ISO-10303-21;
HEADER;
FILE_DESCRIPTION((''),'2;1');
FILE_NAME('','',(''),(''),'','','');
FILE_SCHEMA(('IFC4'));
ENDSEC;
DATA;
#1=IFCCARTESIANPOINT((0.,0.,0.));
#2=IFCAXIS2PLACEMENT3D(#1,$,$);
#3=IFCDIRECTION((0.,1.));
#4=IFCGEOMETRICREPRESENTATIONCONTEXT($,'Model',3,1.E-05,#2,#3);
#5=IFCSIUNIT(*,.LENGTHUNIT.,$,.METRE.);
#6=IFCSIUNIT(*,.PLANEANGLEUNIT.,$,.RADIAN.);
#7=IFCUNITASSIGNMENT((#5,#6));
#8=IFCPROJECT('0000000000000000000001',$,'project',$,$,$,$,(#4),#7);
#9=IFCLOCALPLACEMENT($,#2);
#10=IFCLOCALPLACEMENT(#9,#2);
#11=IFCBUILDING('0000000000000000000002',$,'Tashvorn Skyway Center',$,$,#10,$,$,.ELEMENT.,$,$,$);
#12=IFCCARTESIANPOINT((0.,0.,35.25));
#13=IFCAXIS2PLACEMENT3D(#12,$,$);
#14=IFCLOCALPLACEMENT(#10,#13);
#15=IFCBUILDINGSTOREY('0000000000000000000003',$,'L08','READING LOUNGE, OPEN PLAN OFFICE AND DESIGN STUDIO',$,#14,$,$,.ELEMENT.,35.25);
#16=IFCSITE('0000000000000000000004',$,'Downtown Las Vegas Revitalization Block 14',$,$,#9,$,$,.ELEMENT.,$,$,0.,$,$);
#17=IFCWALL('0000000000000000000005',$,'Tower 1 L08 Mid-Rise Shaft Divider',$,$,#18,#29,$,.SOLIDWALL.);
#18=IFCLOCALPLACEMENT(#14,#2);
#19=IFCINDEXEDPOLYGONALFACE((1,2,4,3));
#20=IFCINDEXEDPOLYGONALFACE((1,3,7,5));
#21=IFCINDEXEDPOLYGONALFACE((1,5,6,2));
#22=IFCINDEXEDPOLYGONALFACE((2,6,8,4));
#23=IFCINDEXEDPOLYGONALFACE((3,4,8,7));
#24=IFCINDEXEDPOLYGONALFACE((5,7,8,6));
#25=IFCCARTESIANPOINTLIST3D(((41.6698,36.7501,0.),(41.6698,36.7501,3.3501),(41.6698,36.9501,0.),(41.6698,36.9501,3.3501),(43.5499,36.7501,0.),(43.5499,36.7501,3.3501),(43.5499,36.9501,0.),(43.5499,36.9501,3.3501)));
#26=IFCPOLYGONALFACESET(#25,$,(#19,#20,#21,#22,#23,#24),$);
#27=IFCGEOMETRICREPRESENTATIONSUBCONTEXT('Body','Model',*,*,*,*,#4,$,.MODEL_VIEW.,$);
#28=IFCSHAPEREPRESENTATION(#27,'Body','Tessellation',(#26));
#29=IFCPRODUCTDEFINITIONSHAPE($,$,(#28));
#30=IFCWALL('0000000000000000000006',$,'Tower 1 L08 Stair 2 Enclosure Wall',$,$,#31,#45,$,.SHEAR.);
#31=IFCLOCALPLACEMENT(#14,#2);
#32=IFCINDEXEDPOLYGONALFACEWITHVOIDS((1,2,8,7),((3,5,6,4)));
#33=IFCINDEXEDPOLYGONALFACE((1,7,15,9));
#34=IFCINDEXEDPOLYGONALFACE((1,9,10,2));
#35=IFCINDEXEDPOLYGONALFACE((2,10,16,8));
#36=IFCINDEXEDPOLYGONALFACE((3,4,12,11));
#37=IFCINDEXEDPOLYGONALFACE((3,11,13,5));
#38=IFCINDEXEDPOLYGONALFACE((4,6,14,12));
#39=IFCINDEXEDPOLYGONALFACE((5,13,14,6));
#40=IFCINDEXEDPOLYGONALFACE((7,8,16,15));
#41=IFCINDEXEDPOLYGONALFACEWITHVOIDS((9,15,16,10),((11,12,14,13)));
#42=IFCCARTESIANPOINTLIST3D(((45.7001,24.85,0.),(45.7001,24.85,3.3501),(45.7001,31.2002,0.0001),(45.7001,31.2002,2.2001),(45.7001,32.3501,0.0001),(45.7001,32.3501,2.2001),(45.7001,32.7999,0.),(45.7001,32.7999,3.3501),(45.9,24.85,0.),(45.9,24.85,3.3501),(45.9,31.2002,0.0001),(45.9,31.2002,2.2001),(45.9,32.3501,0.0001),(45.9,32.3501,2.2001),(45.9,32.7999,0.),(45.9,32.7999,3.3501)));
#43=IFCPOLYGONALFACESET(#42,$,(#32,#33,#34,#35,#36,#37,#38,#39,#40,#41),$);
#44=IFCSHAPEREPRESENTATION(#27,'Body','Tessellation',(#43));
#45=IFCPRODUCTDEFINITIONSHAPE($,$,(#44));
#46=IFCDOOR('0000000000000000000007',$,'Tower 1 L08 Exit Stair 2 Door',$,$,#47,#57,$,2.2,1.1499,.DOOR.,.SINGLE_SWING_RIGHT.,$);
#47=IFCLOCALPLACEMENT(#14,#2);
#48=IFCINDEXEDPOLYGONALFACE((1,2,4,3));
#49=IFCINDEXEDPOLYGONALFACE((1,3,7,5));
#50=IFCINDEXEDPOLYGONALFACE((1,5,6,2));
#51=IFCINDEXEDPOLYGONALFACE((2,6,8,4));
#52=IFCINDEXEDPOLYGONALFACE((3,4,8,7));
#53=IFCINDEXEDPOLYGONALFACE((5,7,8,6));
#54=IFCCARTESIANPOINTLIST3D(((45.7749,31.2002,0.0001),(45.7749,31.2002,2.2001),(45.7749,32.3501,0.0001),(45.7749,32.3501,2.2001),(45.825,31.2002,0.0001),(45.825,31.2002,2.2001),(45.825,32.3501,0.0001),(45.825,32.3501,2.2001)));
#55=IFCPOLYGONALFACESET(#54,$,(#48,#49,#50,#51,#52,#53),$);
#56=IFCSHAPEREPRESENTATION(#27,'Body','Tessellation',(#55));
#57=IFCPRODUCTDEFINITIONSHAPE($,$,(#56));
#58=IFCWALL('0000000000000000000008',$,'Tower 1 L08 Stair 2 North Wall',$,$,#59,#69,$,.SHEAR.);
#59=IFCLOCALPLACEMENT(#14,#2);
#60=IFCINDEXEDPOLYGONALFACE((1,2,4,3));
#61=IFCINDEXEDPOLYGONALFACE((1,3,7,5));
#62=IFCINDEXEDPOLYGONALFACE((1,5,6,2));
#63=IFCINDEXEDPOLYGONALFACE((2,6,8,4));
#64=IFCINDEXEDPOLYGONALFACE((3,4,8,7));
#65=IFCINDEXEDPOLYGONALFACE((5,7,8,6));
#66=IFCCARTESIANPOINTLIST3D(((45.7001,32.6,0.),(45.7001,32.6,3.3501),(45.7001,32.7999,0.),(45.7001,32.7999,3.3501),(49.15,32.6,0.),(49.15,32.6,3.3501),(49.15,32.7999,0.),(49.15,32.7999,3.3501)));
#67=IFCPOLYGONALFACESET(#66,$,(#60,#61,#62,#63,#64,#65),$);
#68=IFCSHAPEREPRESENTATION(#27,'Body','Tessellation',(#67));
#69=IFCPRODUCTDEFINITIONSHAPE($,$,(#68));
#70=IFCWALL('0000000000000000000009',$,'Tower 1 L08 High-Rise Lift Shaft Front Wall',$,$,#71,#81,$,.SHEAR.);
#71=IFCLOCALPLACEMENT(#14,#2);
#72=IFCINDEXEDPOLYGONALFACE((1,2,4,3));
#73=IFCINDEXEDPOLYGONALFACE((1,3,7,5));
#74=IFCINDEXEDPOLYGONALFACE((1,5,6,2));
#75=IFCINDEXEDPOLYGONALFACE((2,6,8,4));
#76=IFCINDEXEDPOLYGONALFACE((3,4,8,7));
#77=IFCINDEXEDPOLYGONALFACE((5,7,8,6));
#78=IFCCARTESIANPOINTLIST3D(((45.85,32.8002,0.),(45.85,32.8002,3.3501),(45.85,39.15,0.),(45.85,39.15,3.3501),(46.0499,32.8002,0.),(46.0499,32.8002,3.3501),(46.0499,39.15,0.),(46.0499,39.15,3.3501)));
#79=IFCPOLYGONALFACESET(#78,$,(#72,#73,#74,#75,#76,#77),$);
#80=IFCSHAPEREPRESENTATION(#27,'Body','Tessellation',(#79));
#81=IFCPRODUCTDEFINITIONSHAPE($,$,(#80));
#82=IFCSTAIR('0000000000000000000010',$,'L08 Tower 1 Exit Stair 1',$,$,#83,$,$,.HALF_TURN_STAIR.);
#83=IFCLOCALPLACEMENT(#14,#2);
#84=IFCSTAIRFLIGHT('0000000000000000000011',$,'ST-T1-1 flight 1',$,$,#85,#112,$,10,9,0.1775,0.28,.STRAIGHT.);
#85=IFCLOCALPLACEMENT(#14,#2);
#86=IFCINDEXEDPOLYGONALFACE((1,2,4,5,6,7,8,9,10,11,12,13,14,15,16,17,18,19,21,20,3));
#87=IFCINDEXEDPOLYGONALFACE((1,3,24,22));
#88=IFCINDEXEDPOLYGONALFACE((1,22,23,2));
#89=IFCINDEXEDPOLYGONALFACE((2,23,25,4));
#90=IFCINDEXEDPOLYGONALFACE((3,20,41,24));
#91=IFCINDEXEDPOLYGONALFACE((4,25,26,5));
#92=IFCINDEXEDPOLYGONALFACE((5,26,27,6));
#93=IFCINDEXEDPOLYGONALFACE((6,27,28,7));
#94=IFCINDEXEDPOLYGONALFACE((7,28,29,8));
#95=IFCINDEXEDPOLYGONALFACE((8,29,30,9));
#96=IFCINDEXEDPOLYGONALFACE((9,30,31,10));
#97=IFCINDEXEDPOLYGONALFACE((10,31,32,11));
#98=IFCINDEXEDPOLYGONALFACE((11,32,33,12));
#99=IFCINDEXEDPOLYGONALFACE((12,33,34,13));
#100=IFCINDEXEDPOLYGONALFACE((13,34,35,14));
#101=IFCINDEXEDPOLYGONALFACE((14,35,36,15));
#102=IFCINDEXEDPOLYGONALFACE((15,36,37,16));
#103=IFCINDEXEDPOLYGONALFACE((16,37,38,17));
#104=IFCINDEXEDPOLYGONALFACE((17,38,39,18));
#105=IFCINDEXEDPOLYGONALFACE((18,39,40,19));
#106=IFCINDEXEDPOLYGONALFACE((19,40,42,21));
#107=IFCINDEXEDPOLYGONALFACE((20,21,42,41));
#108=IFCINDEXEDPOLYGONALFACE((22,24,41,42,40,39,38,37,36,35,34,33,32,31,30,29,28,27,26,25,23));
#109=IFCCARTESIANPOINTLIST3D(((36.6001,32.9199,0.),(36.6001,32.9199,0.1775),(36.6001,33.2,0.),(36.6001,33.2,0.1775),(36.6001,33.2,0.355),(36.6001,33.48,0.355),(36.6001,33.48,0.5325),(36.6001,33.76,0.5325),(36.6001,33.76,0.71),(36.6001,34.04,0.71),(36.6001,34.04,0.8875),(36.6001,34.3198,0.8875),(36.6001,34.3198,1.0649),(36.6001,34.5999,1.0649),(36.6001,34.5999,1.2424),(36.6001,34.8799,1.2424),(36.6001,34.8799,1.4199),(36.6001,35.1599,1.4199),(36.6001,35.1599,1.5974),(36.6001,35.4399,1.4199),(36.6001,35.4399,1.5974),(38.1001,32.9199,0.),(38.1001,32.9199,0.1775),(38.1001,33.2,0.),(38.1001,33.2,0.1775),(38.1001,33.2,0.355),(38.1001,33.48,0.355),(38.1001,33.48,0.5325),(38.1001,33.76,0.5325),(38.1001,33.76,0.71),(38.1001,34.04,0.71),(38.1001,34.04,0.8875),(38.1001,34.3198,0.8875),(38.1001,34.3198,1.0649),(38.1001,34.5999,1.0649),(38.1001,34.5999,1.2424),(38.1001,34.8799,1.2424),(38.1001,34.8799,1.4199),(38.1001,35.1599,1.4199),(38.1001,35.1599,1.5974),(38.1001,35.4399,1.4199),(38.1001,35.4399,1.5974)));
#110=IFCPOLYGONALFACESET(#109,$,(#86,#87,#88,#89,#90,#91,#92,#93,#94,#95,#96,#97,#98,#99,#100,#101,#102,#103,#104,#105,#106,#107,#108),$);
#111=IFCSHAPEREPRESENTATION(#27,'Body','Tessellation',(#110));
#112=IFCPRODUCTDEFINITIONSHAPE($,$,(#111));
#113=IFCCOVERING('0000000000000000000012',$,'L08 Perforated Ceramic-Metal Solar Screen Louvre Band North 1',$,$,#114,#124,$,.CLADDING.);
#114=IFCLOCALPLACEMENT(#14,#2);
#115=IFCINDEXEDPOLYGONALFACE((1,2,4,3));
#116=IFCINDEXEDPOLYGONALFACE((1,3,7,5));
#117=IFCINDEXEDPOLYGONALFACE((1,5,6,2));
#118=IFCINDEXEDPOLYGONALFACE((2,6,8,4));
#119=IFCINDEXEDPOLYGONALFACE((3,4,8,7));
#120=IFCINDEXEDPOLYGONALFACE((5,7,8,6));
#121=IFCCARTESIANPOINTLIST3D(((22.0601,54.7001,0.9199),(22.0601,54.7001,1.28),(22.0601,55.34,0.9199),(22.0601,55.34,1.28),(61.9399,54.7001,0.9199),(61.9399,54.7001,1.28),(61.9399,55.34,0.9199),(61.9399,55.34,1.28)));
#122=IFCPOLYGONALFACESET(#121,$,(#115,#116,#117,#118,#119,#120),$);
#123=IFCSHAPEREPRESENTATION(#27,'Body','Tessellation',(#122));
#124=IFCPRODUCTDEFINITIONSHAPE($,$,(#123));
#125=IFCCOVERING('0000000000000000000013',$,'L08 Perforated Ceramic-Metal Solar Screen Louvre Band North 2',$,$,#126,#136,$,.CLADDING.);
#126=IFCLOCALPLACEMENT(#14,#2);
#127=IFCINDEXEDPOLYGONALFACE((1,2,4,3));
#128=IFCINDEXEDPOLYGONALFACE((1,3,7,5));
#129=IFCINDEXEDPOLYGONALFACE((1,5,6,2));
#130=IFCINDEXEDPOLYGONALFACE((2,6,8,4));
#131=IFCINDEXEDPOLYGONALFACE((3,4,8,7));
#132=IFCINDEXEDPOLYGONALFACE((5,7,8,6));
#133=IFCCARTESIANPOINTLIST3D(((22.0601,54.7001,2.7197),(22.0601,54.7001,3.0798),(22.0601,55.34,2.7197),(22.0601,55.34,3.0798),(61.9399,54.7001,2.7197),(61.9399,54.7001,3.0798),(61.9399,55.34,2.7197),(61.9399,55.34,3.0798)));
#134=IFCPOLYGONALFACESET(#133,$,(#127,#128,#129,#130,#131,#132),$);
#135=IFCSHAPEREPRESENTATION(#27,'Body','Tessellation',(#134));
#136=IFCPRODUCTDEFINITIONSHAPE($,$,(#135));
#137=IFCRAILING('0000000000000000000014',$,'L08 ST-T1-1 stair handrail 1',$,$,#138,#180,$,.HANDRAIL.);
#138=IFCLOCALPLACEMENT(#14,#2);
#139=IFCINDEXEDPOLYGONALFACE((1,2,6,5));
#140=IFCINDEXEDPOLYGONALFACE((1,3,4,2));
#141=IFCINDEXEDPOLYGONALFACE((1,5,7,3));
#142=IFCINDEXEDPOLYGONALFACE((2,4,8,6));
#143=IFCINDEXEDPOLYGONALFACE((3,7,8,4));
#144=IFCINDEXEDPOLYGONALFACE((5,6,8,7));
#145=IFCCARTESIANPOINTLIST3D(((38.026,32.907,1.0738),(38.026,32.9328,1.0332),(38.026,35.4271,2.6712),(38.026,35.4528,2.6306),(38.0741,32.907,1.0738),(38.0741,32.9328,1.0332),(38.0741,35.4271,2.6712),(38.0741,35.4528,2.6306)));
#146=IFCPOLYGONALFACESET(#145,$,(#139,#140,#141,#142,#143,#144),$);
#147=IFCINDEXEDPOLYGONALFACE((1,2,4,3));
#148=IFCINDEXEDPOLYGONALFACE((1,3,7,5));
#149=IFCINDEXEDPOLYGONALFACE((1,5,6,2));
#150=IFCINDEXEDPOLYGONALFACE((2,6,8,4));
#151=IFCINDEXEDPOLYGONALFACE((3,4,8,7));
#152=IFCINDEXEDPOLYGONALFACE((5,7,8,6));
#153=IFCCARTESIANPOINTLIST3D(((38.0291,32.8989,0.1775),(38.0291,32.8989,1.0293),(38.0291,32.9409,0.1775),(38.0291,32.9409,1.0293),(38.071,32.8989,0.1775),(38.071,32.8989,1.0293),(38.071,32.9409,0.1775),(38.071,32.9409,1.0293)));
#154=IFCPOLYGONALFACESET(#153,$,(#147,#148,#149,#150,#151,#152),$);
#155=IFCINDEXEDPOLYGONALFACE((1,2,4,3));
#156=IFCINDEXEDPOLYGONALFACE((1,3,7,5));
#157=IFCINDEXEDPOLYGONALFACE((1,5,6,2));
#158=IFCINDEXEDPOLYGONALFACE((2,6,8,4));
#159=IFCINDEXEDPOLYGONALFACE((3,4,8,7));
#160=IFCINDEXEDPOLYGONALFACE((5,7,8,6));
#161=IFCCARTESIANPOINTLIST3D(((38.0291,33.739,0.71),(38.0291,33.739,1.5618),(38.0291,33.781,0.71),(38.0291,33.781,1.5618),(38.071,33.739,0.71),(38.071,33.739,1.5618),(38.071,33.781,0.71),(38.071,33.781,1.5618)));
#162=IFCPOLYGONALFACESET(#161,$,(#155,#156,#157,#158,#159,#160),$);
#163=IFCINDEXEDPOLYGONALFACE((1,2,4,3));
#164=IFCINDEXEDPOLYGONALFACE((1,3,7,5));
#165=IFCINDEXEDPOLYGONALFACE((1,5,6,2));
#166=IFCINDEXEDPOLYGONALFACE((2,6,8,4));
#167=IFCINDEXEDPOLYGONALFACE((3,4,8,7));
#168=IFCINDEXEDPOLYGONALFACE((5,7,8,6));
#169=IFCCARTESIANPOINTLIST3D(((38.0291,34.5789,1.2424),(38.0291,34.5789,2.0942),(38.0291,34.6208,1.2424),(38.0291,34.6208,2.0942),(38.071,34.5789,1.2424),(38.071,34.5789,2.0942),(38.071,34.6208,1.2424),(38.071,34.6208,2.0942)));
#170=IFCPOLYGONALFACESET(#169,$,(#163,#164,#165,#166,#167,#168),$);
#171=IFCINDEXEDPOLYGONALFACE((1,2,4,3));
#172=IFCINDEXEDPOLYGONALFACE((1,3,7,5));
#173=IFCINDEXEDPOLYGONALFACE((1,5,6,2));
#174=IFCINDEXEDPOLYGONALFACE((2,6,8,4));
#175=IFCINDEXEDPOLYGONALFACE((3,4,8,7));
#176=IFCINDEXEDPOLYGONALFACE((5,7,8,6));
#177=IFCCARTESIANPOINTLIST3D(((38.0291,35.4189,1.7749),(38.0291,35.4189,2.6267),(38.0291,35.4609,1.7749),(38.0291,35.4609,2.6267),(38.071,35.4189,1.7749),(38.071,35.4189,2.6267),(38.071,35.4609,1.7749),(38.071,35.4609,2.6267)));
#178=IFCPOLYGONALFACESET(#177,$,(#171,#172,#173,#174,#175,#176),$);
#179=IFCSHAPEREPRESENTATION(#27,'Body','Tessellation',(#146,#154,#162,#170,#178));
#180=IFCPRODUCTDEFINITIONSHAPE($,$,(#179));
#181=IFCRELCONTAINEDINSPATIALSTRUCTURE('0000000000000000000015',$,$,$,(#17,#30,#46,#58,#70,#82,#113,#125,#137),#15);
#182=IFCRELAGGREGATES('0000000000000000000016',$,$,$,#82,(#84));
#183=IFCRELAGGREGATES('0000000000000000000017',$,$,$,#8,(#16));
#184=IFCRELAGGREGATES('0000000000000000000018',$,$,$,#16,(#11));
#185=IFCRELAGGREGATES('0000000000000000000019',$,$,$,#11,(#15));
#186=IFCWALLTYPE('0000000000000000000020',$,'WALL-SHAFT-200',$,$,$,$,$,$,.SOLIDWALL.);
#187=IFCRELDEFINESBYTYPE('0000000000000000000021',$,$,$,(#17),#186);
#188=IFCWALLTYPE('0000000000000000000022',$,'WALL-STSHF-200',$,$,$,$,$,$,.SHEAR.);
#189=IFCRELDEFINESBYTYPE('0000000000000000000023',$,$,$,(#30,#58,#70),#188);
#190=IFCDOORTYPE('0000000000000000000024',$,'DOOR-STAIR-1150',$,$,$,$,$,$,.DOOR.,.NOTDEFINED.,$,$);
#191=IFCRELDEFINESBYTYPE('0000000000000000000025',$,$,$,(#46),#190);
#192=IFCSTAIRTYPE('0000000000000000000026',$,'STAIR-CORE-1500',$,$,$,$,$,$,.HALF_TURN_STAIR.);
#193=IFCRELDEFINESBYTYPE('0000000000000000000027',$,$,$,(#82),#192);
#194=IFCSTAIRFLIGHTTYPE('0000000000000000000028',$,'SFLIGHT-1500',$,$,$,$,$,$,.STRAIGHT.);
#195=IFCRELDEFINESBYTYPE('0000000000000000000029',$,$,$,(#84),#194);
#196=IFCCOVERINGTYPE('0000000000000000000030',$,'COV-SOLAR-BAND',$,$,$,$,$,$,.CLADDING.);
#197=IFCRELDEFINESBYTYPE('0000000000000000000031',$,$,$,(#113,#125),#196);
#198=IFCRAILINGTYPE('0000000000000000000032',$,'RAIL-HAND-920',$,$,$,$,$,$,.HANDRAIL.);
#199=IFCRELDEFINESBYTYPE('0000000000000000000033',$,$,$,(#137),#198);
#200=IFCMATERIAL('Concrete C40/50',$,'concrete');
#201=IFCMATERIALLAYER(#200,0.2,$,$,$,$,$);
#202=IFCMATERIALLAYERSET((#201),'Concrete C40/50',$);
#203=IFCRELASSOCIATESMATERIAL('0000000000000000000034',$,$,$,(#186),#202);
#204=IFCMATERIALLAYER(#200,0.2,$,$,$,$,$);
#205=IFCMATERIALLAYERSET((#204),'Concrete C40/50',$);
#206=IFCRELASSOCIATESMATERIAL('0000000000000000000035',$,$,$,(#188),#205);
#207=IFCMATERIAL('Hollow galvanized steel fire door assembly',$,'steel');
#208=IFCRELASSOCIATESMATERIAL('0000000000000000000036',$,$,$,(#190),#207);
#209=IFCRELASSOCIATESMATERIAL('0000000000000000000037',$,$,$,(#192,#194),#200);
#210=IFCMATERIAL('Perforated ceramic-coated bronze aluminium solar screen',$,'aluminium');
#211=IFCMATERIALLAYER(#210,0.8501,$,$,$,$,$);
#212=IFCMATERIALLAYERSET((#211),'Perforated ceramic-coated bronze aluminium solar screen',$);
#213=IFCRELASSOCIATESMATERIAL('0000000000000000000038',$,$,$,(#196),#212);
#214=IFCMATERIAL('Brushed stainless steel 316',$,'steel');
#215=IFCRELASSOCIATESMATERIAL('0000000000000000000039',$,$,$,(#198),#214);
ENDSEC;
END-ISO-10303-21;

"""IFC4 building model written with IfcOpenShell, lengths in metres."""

from ifc_helpers import new_model, si_unit, direction, frame, frame_2d, origin, origin_2d, place, context, subcontext, project, spatial, polyline, rectangle, outline, extrude, material, layer, layer_set, type_object, element, fill, aggregate, save


model = new_model("IFC4")

# Units and contexts
model_context = context("Model", 3, precision=1e-05, world=origin(), true_north=direction((0.0, 1.0)))
body_context = subcontext(model_context, "Body", "Model", "MODEL_VIEW")
ifc_project = project(units=[si_unit("LENGTHUNIT", "METRE"), si_unit("PLANEANGLEUNIT", "RADIAN")], contexts=[model_context])

# Site, building, storey
site_placement = place(None, origin())
site = spatial("IfcSite", under=ifc_project, at=site_placement, Name="Downtown Las Vegas Revitalization Block 14", CompositionType="ELEMENT", RefElevation=0.0)
building_placement = place(site_placement, origin())
building = spatial("IfcBuilding", under=site, at=building_placement, Name="Tashvorn Skyway Center", CompositionType="ELEMENT")
storey_placement = place(building_placement, frame((0.0, 0.0, 35.25)))
storey = spatial("IfcBuildingStorey", under=building, at=storey_placement, Name="L08", Description="READING LOUNGE, OPEN PLAN OFFICE AND DESIGN STUDIO", CompositionType="ELEMENT", Elevation=35.25)

# Shared definitions
ifc_material_1 = material(Name="Concrete C40/50", Category="concrete")

# Shared definitions
ifc_material_2 = material(Name="Hollow galvanized steel fire door assembly", Category="steel")

# Wall
ifc_layer_1 = layer(ifc_material_1, 0.2)
ifc_layer_set_1 = layer_set([ifc_layer_1], Name="Concrete C40/50")
wall_type_1 = type_object("IfcWallType", Name="WALL-SHAFT-200", PredefinedType="SOLIDWALL", material=ifc_layer_set_1)
for number, where, z_axis, x_axis, name in (
    (1, (41.6699, 36.8501, 0.0), (0.0, 0.0, 1.0), (1.0, 0.0, 0.0), "Tower 1 L08 Mid-Rise Shaft Divider"),
):
    element("IfcWall", number, at=place(storey_placement, frame(where, z_axis=z_axis, x_axis=x_axis)), inside=storey, type_object=wall_type_1, Name=name, PredefinedType="SOLIDWALL", context=body_context, shape_type="SweptSolid", body=[
        extrude(rectangle(XDim=1.8801, YDim=0.2, at=frame_2d((0.9399, 0.0))), origin(), (0.0, 0.0, 1.0), 3.3501),
    ])

# Wall, opening, door
ifc_layer_2 = layer(ifc_material_1, 0.2)
ifc_layer_set_2 = layer_set([ifc_layer_2], Name="Concrete C40/50")
wall_type_2 = type_object("IfcWallType", Name="WALL-STSHF-200", PredefinedType="SHEAR", material=ifc_layer_set_2)
wall_1_placement = place(storey_placement, frame((45.8, 32.8, 0.0), z_axis=(0.0, 0.0, 1.0), x_axis=(0.0, -1.0, 0.0)))
wall_1 = element("IfcWall", 2, at=wall_1_placement, inside=storey, type_object=wall_type_2, Name="Tower 1 L08 Stair 2 Enclosure Wall", PredefinedType="SHEAR", context=body_context, shape_type="SweptSolid", body=[
    extrude(rectangle(XDim=7.95, YDim=0.2, at=frame_2d((3.9751, 0.0))), origin(), (0.0, 0.0, 1.0), 3.3501),
])
opening_1_placement = place(wall_1_placement, frame((0.45, 0.0, 0.0)))
opening_1 = element("IfcOpeningElement", 3, at=opening_1_placement, cuts=wall_1, PredefinedType="OPENING", context=body_context, shape_type="SweptSolid", body=[
    extrude(rectangle(XDim=1.1499, YDim=2.2, at=frame_2d((0.575, 1.1001))), frame((0.0, 0.1099, 0.0), z_axis=(0.0, -1.0, 0.0), x_axis=(1.0, 0.0, 0.0)), (0.0, 0.0, 1.0), 0.22),
])
door_type_1 = type_object("IfcDoorType", Name="DOOR-STAIR-1150", OperationType="NOTDEFINED", PredefinedType="DOOR", material=ifc_material_2)
door_1_placement = place(opening_1_placement, origin())
door_1 = element("IfcDoor", 4, at=door_1_placement, inside=storey, type_object=door_type_1, Name="Tower 1 L08 Exit Stair 2 Door", OperationType="SINGLE_SWING_RIGHT", OverallHeight=2.2, OverallWidth=1.1499, PredefinedType="DOOR", context=body_context, shape_type="SweptSolid", body=[
    extrude(rectangle(XDim=1.1499, YDim=2.2, at=frame_2d((0.575, 1.1001))), frame((0.0, 0.0249, 0.0), z_axis=(0.0, -1.0, 0.0), x_axis=(1.0, 0.0, 0.0)), (0.0, 0.0, 1.0), 0.05),
])
fill(opening_1, door_1)

# Walls
wall_2_placement = place(storey_placement, frame((45.7, 32.7, 0.0), z_axis=(0.0, 0.0, 1.0), x_axis=(1.0, 0.0, 0.0)))
element("IfcWall", 5, at=wall_2_placement, inside=storey, type_object=wall_type_2, Name="Tower 1 L08 Stair 2 North Wall", PredefinedType="SHEAR", context=body_context, shape_type="SweptSolid", body=[
    extrude(rectangle(XDim=3.45, YDim=0.2, at=frame_2d((1.7251, 0.0))), origin(), (0.0, 0.0, 1.0), 3.3501),
])
wall_3_placement = place(storey_placement, frame((45.95, 39.1499, 0.0), z_axis=(0.0, 0.0, 1.0), x_axis=(0.0, -1.0, 0.0)))
element("IfcWall", 6, at=wall_3_placement, inside=storey, type_object=wall_type_2, Name="Tower 1 L08 High-Rise Lift Shaft Front Wall", PredefinedType="SHEAR", context=body_context, shape_type="SweptSolid", body=[
    extrude(rectangle(XDim=6.3499, YDim=0.2, at=frame_2d((3.1748, 0.0))), origin(), (0.0, 0.0, 1.0), 3.3501),
])

# Stair, stair flight
stair_type = type_object("IfcStairType", Name="STAIR-CORE-1500", PredefinedType="HALF_TURN_STAIR", material=ifc_material_1)
stair_placement = place(storey_placement, origin())
stair = element("IfcStair", 7, at=stair_placement, inside=storey, type_object=stair_type, Name="L08 Tower 1 Exit Stair 1", PredefinedType="HALF_TURN_STAIR")
stair_flight_type = type_object("IfcStairFlightType", Name="SFLIGHT-1500", PredefinedType="STRAIGHT", material=ifc_material_1)
stair_flight_placement = place(storey_placement, frame((37.3501, 32.9199, 0.0), z_axis=(0.0, 0.0, 1.0), x_axis=(0.0, 1.0, 0.0)))
stair_flight = element("IfcStairFlight", 8, at=stair_flight_placement, type_object=stair_flight_type, Name="ST-T1-1 flight 1", NumberOfRisers=10, NumberOfTreads=9, PredefinedType="STRAIGHT", RiserHeight=0.1775, TreadLength=0.28, context=body_context, shape_type="SweptSolid", body=[
    extrude(outline(polyline([(0.0, 0.0), (0.0, 0.1775), (0.28, 0.1775), (0.28, 0.355), (0.5601, 0.355), (0.5601, 0.5325), (0.8401, 0.5325), (0.8401, 0.71), (1.1201, 0.71), (1.1201, 0.8875), (1.3999, 0.8875), (1.3999, 1.0649), (1.6799, 1.0649), (1.6799, 1.2424), (1.96, 1.2424), (1.96, 1.4199), (2.24, 1.4199), (2.24, 1.5974), (2.52, 1.5974), (2.52, 1.7749), (2.52, 1.4199), (0.28, 0.0), (0.0, 0.0)])), frame((0.0, 0.75, 0.0), z_axis=(0.0, -1.0, 0.0), x_axis=(1.0, 0.0, 0.0)), (0.0, 0.0, 1.0), 1.5),
])
aggregate(stair, [stair_flight])

# Coverings
ifc_material_3 = material(Name="Perforated ceramic-coated bronze aluminium solar screen", Category="aluminium")
ifc_layer_3 = layer(ifc_material_3, 0.8501)
ifc_layer_set_3 = layer_set([ifc_layer_3], Name="Perforated ceramic-coated bronze aluminium solar screen")
covering_type = type_object("IfcCoveringType", Name="COV-SOLAR-BAND", PredefinedType="CLADDING", material=ifc_layer_set_3)
for number, where, z_axis, x_axis, name in (
    (9, (42.0, 55.02, 0.9199), (0.0, 0.0, 1.0), (1.0, 0.0, 0.0), "L08 Perforated Ceramic-Metal Solar Screen Louvre Band North 1"),
    (10, (42.0, 55.02, 2.7197), (0.0, 0.0, 1.0), (1.0, 0.0, 0.0), "L08 Perforated Ceramic-Metal Solar Screen Louvre Band North 2"),
):
    element("IfcCovering", number, at=place(storey_placement, frame(where, z_axis=z_axis, x_axis=x_axis)), inside=storey, type_object=covering_type, Name=name, PredefinedType="CLADDING", context=body_context, shape_type="SweptSolid", body=[
        extrude(rectangle(XDim=39.8799, YDim=0.6399, at=origin_2d()), origin(), (0.0, 0.0, 1.0), 0.3601),
    ])

# Railing
ifc_material_4 = material(Name="Brushed stainless steel 316", Category="steel")
railing_type_1 = type_object("IfcRailingType", Name="RAIL-HAND-920", PredefinedType="HANDRAIL", material=ifc_material_4)
railing_1_placement = place(storey_placement, frame((38.05, 32.9199, 0.1775)))
element("IfcRailing", 11, at=railing_1_placement, inside=storey, type_object=railing_type_1, Name="L08 ST-T1-1 stair handrail 1", PredefinedType="HANDRAIL", context=body_context, shape_type="SweptSolid", body=[
    extrude(rectangle(XDim=0.0481, YDim=0.0481, at=origin_2d()), frame((0.0, 0.0, 0.876), z_axis=(0.0, 0.844607, 0.535387), x_axis=(-1.0, 0.0, 0.0)), (0.0, 0.0, 1.0), 2.9836),
    extrude(rectangle(XDim=0.042, YDim=0.042, at=origin_2d()), origin(), (0.0, 0.0, 1.0), 0.8518),
    extrude(rectangle(XDim=0.042, YDim=0.042, at=origin_2d()), frame((0.0, 0.8401, 0.5325)), (0.0, 0.0, 1.0), 0.8518),
    extrude(rectangle(XDim=0.042, YDim=0.042, at=origin_2d()), frame((0.0, 1.6799, 1.0649)), (0.0, 0.0, 1.0), 0.8518),
    extrude(rectangle(XDim=0.042, YDim=0.042, at=origin_2d()), frame((0.0, 2.52, 1.5974)), (0.0, 0.0, 1.0), 0.8518),
])

save(model, "model.ifc")
